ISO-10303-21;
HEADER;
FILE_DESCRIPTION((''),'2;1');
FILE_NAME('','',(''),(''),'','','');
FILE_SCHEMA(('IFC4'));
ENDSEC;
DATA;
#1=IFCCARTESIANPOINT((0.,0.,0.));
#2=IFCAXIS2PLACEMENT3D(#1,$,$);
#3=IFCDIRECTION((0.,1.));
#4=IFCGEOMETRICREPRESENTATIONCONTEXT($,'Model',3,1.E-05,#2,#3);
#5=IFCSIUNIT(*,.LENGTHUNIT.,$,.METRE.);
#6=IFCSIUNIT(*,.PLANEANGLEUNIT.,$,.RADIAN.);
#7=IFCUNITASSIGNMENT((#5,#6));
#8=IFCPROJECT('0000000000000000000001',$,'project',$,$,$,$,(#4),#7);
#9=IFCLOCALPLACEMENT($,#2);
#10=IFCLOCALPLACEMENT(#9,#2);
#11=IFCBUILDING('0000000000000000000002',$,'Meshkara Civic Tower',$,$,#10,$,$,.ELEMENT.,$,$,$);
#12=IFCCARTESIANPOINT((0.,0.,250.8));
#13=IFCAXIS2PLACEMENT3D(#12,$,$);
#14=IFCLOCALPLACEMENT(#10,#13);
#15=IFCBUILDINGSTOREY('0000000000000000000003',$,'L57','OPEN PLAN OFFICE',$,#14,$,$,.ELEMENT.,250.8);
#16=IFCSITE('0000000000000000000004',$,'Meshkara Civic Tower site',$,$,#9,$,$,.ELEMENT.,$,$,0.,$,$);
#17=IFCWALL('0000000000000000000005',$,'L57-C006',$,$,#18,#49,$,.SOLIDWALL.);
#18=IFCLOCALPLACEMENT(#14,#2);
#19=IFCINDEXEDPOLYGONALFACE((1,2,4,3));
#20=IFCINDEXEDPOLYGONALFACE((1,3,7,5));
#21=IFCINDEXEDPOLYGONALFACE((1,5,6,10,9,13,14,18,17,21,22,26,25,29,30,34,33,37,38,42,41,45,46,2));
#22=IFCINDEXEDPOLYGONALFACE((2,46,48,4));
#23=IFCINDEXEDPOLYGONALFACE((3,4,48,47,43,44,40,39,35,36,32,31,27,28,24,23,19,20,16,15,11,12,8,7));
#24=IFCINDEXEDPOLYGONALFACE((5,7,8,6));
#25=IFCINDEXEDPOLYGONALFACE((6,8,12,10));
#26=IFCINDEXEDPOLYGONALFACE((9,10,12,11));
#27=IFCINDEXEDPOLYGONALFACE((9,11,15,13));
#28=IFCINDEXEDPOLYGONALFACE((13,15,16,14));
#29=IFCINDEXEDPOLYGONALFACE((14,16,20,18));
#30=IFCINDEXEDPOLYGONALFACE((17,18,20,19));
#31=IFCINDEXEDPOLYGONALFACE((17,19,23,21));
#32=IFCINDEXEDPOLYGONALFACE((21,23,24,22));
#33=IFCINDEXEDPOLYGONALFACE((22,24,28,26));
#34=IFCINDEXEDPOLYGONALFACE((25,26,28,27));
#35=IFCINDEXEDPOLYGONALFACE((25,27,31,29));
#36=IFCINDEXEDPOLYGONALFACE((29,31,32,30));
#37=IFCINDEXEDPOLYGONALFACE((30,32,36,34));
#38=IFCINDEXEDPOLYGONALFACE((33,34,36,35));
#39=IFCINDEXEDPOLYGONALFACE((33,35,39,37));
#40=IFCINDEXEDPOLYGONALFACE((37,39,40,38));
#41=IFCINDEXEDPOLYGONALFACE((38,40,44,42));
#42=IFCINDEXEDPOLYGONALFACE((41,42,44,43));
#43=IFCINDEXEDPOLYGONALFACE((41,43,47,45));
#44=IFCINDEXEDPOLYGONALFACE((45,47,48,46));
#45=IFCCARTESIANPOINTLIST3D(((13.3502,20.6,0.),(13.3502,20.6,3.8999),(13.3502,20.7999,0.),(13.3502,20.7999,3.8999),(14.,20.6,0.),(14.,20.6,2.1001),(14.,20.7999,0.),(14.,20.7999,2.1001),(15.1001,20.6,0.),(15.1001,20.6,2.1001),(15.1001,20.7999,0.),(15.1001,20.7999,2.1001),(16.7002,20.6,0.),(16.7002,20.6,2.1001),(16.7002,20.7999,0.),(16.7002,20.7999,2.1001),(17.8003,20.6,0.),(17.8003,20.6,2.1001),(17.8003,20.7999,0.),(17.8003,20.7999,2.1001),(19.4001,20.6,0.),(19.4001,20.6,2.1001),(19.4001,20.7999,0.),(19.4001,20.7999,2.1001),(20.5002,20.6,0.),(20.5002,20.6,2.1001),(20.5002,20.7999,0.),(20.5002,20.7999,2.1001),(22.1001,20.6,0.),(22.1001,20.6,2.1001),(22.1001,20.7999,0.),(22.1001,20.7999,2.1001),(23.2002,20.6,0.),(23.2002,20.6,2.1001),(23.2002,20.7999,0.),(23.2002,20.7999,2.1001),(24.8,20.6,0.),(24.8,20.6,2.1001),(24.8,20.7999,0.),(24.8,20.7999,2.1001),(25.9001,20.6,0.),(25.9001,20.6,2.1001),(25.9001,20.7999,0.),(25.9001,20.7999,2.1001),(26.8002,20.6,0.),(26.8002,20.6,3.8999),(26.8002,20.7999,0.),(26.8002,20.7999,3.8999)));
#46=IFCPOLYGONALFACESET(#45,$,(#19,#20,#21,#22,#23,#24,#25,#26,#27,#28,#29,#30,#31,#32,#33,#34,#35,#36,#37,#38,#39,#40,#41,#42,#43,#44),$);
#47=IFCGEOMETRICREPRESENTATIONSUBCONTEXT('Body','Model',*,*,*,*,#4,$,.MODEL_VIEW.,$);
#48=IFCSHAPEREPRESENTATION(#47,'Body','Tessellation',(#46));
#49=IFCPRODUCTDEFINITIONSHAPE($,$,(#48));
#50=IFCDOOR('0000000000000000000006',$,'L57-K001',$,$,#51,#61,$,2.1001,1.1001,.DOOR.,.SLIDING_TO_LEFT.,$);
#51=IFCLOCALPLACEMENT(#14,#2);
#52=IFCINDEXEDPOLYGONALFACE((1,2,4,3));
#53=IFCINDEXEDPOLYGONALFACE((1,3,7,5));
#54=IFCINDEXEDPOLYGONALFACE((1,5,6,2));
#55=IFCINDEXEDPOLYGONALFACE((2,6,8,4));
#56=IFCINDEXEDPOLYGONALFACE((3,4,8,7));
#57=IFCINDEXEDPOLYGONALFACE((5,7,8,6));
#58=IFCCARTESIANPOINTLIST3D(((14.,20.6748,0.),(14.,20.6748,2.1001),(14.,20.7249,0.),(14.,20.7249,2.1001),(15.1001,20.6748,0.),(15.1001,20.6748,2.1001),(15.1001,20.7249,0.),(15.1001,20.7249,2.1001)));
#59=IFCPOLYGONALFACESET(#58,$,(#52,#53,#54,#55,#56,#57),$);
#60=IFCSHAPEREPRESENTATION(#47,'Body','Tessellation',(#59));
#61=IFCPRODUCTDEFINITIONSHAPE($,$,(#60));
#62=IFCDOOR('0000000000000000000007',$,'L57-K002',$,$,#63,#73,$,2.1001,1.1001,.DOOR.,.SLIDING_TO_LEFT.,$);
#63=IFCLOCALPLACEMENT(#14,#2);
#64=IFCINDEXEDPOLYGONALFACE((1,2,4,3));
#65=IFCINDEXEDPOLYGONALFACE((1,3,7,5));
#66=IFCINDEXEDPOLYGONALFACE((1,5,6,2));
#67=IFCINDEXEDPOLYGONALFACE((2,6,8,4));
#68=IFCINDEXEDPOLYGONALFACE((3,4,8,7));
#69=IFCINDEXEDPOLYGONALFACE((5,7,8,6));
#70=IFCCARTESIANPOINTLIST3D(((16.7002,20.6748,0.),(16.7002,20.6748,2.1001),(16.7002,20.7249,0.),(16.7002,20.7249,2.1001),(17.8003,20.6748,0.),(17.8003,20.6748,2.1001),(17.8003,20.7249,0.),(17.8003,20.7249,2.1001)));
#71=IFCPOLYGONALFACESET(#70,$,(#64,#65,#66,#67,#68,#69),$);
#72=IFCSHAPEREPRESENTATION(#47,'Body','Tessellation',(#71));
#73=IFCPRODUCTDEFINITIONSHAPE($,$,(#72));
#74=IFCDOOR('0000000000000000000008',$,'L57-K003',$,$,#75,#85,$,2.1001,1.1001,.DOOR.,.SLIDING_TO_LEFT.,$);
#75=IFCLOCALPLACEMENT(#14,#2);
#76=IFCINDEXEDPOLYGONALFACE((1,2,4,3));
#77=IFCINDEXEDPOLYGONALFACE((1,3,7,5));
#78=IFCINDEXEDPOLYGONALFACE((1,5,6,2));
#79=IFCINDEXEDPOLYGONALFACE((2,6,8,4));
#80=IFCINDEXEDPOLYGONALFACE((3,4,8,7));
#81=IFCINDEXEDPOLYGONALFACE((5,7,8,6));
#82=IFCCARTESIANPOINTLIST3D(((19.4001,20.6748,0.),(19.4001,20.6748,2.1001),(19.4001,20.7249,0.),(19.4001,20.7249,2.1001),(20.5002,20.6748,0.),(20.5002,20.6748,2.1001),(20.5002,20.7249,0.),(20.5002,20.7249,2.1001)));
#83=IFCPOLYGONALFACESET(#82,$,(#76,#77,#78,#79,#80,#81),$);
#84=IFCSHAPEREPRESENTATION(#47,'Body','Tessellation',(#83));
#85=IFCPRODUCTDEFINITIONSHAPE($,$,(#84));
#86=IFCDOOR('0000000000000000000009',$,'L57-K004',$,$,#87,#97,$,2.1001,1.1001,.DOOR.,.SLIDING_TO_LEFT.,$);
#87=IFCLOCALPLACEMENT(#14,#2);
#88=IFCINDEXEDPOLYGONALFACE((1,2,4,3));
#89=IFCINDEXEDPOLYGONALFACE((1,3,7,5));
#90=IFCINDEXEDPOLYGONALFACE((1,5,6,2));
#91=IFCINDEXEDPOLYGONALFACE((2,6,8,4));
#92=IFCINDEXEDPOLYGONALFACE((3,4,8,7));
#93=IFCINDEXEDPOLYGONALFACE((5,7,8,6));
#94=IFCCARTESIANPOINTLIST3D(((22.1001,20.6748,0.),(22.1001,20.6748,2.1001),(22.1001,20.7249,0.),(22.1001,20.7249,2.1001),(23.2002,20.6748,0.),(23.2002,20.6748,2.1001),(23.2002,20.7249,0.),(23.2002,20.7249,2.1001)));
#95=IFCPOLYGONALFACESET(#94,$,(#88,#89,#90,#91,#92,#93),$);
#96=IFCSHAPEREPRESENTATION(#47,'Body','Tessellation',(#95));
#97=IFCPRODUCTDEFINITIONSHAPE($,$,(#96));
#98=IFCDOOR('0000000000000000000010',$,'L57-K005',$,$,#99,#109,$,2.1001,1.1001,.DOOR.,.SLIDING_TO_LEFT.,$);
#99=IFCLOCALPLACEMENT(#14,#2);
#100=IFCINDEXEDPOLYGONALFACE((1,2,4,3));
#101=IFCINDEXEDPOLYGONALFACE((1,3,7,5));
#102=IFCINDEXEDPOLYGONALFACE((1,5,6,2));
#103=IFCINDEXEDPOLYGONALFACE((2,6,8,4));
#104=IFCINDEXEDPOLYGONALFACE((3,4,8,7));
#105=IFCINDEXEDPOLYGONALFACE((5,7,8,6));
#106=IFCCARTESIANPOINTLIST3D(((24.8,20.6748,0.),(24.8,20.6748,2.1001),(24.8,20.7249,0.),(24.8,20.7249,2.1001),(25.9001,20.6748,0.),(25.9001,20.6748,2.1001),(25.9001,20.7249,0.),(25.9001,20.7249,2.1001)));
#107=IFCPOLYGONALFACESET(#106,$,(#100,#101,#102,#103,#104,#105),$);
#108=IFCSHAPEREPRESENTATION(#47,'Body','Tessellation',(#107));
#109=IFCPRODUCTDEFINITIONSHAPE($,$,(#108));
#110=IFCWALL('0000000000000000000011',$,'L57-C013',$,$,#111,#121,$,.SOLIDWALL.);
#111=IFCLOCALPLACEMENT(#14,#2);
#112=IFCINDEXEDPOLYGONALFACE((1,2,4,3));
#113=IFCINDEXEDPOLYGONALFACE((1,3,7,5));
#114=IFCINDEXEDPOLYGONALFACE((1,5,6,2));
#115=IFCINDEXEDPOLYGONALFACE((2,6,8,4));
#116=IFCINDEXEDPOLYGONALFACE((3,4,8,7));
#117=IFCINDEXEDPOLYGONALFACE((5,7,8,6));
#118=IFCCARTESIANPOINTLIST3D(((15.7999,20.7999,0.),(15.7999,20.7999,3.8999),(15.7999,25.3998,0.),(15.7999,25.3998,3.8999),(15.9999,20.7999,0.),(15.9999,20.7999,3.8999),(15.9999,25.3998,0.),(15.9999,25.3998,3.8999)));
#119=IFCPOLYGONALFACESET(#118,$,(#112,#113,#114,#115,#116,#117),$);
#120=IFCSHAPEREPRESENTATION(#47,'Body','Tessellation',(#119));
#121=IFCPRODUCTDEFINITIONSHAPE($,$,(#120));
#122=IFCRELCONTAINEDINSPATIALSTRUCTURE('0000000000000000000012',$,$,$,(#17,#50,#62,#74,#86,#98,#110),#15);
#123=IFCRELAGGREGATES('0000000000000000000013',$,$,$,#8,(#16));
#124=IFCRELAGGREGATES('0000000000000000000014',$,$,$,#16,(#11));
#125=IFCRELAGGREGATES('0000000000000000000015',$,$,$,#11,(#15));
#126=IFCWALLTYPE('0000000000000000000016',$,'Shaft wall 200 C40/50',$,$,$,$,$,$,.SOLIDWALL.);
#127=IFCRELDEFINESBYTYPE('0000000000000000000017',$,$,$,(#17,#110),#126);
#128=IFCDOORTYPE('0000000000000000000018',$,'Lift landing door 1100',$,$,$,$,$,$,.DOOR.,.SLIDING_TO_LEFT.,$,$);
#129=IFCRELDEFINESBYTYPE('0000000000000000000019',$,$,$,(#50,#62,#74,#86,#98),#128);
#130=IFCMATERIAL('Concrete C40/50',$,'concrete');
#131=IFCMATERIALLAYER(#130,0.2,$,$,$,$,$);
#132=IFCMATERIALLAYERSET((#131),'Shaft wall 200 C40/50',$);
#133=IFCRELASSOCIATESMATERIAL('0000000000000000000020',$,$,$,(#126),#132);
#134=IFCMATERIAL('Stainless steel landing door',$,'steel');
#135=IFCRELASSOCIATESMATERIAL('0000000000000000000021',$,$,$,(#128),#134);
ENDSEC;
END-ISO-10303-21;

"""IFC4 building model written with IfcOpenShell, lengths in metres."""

from ifc_helpers import new_model, si_unit, direction, frame, frame_2d, origin, place, context, subcontext, project, spatial, rectangle, extrude, material, layer, layer_set, type_object, element, fill, save


model = new_model("IFC4")

# Units and contexts
model_context = context("Model", 3, precision=1e-05, world=origin(), true_north=direction((0.0, 1.0)))
body_context = subcontext(model_context, "Body", "Model", "MODEL_VIEW")
ifc_project = project(units=[si_unit("LENGTHUNIT", "METRE"), si_unit("PLANEANGLEUNIT", "RADIAN")], contexts=[model_context])

# Site, building, storey
site_placement = place(None, origin())
site = spatial("IfcSite", under=ifc_project, at=site_placement, Name="Meshkara Civic Tower site", CompositionType="ELEMENT", RefElevation=0.0)
building_placement = place(site_placement, origin())
building = spatial("IfcBuilding", under=site, at=building_placement, Name="Meshkara Civic Tower", CompositionType="ELEMENT")
storey_placement = place(building_placement, frame((0.0, 0.0, 250.8)))
storey = spatial("IfcBuildingStorey", under=building, at=storey_placement, Name="L57", Description="OPEN PLAN OFFICE", CompositionType="ELEMENT", Elevation=250.8)

# Wall, openings, doors
ifc_material_1 = material(Name="Concrete C40/50", Category="concrete")
ifc_layer_1 = layer(ifc_material_1, 0.2)
ifc_layer_set_1 = layer_set([ifc_layer_1], Name="Shaft wall 200 C40/50")
wall_type_1 = type_object("IfcWallType", Name="Shaft wall 200 C40/50", PredefinedType="SOLIDWALL", material=ifc_layer_set_1)
wall_1_placement = place(storey_placement, frame((13.3501, 20.7, 0.0), z_axis=(0.0, 0.0, 1.0), x_axis=(1.0, 0.0, 0.0)))
wall_1 = element("IfcWall", 1, at=wall_1_placement, inside=storey, type_object=wall_type_1, Name="L57-C006", PredefinedType="SOLIDWALL", context=body_context, shape_type="SweptSolid", body=[
    extrude(rectangle(XDim=13.45, YDim=0.2, at=frame_2d((6.7251, 0.0))), origin(), (0.0, 0.0, 1.0), 3.8999),
])
opening_1_placement = place(wall_1_placement, frame((0.6499, 0.0, 0.0)))
opening_1 = element("IfcOpeningElement", 2, at=opening_1_placement, cuts=wall_1, PredefinedType="OPENING", context=body_context, shape_type="SweptSolid", body=[
    extrude(rectangle(XDim=1.1001, YDim=2.1001, at=frame_2d((0.55, 1.05))), frame((0.0, 0.1099, 0.0), z_axis=(0.0, -1.0, 0.0), x_axis=(1.0, 0.0, 0.0)), (0.0, 0.0, 1.0), 0.22),
])
opening_2_placement = place(wall_1_placement, frame((3.3501, 0.0, 0.0)))
opening_2 = element("IfcOpeningElement", 3, at=opening_2_placement, cuts=wall_1, PredefinedType="OPENING", context=body_context, shape_type="SweptSolid", body=[
    extrude(rectangle(XDim=1.1001, YDim=2.1001, at=frame_2d((0.55, 1.05))), frame((0.0, 0.1099, 0.0), z_axis=(0.0, -1.0, 0.0), x_axis=(1.0, 0.0, 0.0)), (0.0, 0.0, 1.0), 0.22),
])
opening_3_placement = place(wall_1_placement, frame((6.05, 0.0, 0.0)))
opening_3 = element("IfcOpeningElement", 4, at=opening_3_placement, cuts=wall_1, PredefinedType="OPENING", context=body_context, shape_type="SweptSolid", body=[
    extrude(rectangle(XDim=1.1001, YDim=2.1001, at=frame_2d((0.55, 1.05))), frame((0.0, 0.1099, 0.0), z_axis=(0.0, -1.0, 0.0), x_axis=(1.0, 0.0, 0.0)), (0.0, 0.0, 1.0), 0.22),
])
opening_4_placement = place(wall_1_placement, frame((8.75, 0.0, 0.0)))
opening_4 = element("IfcOpeningElement", 5, at=opening_4_placement, cuts=wall_1, PredefinedType="OPENING", context=body_context, shape_type="SweptSolid", body=[
    extrude(rectangle(XDim=1.1001, YDim=2.1001, at=frame_2d((0.55, 1.05))), frame((0.0, 0.1099, 0.0), z_axis=(0.0, -1.0, 0.0), x_axis=(1.0, 0.0, 0.0)), (0.0, 0.0, 1.0), 0.22),
])
opening_5_placement = place(wall_1_placement, frame((11.45, 0.0, 0.0)))
opening_5 = element("IfcOpeningElement", 6, at=opening_5_placement, cuts=wall_1, PredefinedType="OPENING", context=body_context, shape_type="SweptSolid", body=[
    extrude(rectangle(XDim=1.1001, YDim=2.1001, at=frame_2d((0.55, 1.05))), frame((0.0, 0.1099, 0.0), z_axis=(0.0, -1.0, 0.0), x_axis=(1.0, 0.0, 0.0)), (0.0, 0.0, 1.0), 0.22),
])
ifc_material_2 = material(Name="Stainless steel landing door", Category="steel")
door_type_1 = type_object("IfcDoorType", Name="Lift landing door 1100", OperationType="SLIDING_TO_LEFT", PredefinedType="DOOR", material=ifc_material_2)
door_1_placement = place(opening_1_placement, origin())
door_1 = element("IfcDoor", 7, at=door_1_placement, inside=storey, type_object=door_type_1, Name="L57-K001", OperationType="SLIDING_TO_LEFT", OverallHeight=2.1001, OverallWidth=1.1001, PredefinedType="DOOR", context=body_context, shape_type="SweptSolid", body=[
    extrude(rectangle(XDim=1.1001, YDim=2.1001, at=frame_2d((0.55, 1.05))), frame((0.0, 0.0249, 0.0), z_axis=(0.0, -1.0, 0.0), x_axis=(1.0, 0.0, 0.0)), (0.0, 0.0, 1.0), 0.05),
])
fill(opening_1, door_1)
door_2_placement = place(opening_2_placement, origin())
door_2 = element("IfcDoor", 8, at=door_2_placement, inside=storey, type_object=door_type_1, Name="L57-K002", OperationType="SLIDING_TO_LEFT", OverallHeight=2.1001, OverallWidth=1.1001, PredefinedType="DOOR", context=body_context, shape_type="SweptSolid", body=[
    extrude(rectangle(XDim=1.1001, YDim=2.1001, at=frame_2d((0.55, 1.05))), frame((0.0, 0.0249, 0.0), z_axis=(0.0, -1.0, 0.0), x_axis=(1.0, 0.0, 0.0)), (0.0, 0.0, 1.0), 0.05),
])
fill(opening_2, door_2)
door_3_placement = place(opening_3_placement, origin())
door_3 = element("IfcDoor", 9, at=door_3_placement, inside=storey, type_object=door_type_1, Name="L57-K003", OperationType="SLIDING_TO_LEFT", OverallHeight=2.1001, OverallWidth=1.1001, PredefinedType="DOOR", context=body_context, shape_type="SweptSolid", body=[
    extrude(rectangle(XDim=1.1001, YDim=2.1001, at=frame_2d((0.55, 1.05))), frame((0.0, 0.0249, 0.0), z_axis=(0.0, -1.0, 0.0), x_axis=(1.0, 0.0, 0.0)), (0.0, 0.0, 1.0), 0.05),
])
fill(opening_3, door_3)
door_4_placement = place(opening_4_placement, origin())
door_4 = element("IfcDoor", 10, at=door_4_placement, inside=storey, type_object=door_type_1, Name="L57-K004", OperationType="SLIDING_TO_LEFT", OverallHeight=2.1001, OverallWidth=1.1001, PredefinedType="DOOR", context=body_context, shape_type="SweptSolid", body=[
    extrude(rectangle(XDim=1.1001, YDim=2.1001, at=frame_2d((0.55, 1.05))), frame((0.0, 0.0249, 0.0), z_axis=(0.0, -1.0, 0.0), x_axis=(1.0, 0.0, 0.0)), (0.0, 0.0, 1.0), 0.05),
])
fill(opening_4, door_4)
door_5_placement = place(opening_5_placement, origin())
door_5 = element("IfcDoor", 11, at=door_5_placement, inside=storey, type_object=door_type_1, Name="L57-K005", OperationType="SLIDING_TO_LEFT", OverallHeight=2.1001, OverallWidth=1.1001, PredefinedType="DOOR", context=body_context, shape_type="SweptSolid", body=[
    extrude(rectangle(XDim=1.1001, YDim=2.1001, at=frame_2d((0.55, 1.05))), frame((0.0, 0.0249, 0.0), z_axis=(0.0, -1.0, 0.0), x_axis=(1.0, 0.0, 0.0)), (0.0, 0.0, 1.0), 0.05),
])
fill(opening_5, door_5)

# Wall
wall_2_placement = place(storey_placement, frame((15.8999, 20.8, 0.0), z_axis=(0.0, 0.0, 1.0), x_axis=(0.0, 1.0, 0.0)))
element("IfcWall", 12, at=wall_2_placement, inside=storey, type_object=wall_type_1, Name="L57-C013", PredefinedType="SOLIDWALL", context=body_context, shape_type="SweptSolid", body=[
    extrude(rectangle(XDim=4.5999, YDim=0.2, at=frame_2d((2.2998, 0.0))), origin(), (0.0, 0.0, 1.0), 3.8999),
])

save(model, "model.ifc")
